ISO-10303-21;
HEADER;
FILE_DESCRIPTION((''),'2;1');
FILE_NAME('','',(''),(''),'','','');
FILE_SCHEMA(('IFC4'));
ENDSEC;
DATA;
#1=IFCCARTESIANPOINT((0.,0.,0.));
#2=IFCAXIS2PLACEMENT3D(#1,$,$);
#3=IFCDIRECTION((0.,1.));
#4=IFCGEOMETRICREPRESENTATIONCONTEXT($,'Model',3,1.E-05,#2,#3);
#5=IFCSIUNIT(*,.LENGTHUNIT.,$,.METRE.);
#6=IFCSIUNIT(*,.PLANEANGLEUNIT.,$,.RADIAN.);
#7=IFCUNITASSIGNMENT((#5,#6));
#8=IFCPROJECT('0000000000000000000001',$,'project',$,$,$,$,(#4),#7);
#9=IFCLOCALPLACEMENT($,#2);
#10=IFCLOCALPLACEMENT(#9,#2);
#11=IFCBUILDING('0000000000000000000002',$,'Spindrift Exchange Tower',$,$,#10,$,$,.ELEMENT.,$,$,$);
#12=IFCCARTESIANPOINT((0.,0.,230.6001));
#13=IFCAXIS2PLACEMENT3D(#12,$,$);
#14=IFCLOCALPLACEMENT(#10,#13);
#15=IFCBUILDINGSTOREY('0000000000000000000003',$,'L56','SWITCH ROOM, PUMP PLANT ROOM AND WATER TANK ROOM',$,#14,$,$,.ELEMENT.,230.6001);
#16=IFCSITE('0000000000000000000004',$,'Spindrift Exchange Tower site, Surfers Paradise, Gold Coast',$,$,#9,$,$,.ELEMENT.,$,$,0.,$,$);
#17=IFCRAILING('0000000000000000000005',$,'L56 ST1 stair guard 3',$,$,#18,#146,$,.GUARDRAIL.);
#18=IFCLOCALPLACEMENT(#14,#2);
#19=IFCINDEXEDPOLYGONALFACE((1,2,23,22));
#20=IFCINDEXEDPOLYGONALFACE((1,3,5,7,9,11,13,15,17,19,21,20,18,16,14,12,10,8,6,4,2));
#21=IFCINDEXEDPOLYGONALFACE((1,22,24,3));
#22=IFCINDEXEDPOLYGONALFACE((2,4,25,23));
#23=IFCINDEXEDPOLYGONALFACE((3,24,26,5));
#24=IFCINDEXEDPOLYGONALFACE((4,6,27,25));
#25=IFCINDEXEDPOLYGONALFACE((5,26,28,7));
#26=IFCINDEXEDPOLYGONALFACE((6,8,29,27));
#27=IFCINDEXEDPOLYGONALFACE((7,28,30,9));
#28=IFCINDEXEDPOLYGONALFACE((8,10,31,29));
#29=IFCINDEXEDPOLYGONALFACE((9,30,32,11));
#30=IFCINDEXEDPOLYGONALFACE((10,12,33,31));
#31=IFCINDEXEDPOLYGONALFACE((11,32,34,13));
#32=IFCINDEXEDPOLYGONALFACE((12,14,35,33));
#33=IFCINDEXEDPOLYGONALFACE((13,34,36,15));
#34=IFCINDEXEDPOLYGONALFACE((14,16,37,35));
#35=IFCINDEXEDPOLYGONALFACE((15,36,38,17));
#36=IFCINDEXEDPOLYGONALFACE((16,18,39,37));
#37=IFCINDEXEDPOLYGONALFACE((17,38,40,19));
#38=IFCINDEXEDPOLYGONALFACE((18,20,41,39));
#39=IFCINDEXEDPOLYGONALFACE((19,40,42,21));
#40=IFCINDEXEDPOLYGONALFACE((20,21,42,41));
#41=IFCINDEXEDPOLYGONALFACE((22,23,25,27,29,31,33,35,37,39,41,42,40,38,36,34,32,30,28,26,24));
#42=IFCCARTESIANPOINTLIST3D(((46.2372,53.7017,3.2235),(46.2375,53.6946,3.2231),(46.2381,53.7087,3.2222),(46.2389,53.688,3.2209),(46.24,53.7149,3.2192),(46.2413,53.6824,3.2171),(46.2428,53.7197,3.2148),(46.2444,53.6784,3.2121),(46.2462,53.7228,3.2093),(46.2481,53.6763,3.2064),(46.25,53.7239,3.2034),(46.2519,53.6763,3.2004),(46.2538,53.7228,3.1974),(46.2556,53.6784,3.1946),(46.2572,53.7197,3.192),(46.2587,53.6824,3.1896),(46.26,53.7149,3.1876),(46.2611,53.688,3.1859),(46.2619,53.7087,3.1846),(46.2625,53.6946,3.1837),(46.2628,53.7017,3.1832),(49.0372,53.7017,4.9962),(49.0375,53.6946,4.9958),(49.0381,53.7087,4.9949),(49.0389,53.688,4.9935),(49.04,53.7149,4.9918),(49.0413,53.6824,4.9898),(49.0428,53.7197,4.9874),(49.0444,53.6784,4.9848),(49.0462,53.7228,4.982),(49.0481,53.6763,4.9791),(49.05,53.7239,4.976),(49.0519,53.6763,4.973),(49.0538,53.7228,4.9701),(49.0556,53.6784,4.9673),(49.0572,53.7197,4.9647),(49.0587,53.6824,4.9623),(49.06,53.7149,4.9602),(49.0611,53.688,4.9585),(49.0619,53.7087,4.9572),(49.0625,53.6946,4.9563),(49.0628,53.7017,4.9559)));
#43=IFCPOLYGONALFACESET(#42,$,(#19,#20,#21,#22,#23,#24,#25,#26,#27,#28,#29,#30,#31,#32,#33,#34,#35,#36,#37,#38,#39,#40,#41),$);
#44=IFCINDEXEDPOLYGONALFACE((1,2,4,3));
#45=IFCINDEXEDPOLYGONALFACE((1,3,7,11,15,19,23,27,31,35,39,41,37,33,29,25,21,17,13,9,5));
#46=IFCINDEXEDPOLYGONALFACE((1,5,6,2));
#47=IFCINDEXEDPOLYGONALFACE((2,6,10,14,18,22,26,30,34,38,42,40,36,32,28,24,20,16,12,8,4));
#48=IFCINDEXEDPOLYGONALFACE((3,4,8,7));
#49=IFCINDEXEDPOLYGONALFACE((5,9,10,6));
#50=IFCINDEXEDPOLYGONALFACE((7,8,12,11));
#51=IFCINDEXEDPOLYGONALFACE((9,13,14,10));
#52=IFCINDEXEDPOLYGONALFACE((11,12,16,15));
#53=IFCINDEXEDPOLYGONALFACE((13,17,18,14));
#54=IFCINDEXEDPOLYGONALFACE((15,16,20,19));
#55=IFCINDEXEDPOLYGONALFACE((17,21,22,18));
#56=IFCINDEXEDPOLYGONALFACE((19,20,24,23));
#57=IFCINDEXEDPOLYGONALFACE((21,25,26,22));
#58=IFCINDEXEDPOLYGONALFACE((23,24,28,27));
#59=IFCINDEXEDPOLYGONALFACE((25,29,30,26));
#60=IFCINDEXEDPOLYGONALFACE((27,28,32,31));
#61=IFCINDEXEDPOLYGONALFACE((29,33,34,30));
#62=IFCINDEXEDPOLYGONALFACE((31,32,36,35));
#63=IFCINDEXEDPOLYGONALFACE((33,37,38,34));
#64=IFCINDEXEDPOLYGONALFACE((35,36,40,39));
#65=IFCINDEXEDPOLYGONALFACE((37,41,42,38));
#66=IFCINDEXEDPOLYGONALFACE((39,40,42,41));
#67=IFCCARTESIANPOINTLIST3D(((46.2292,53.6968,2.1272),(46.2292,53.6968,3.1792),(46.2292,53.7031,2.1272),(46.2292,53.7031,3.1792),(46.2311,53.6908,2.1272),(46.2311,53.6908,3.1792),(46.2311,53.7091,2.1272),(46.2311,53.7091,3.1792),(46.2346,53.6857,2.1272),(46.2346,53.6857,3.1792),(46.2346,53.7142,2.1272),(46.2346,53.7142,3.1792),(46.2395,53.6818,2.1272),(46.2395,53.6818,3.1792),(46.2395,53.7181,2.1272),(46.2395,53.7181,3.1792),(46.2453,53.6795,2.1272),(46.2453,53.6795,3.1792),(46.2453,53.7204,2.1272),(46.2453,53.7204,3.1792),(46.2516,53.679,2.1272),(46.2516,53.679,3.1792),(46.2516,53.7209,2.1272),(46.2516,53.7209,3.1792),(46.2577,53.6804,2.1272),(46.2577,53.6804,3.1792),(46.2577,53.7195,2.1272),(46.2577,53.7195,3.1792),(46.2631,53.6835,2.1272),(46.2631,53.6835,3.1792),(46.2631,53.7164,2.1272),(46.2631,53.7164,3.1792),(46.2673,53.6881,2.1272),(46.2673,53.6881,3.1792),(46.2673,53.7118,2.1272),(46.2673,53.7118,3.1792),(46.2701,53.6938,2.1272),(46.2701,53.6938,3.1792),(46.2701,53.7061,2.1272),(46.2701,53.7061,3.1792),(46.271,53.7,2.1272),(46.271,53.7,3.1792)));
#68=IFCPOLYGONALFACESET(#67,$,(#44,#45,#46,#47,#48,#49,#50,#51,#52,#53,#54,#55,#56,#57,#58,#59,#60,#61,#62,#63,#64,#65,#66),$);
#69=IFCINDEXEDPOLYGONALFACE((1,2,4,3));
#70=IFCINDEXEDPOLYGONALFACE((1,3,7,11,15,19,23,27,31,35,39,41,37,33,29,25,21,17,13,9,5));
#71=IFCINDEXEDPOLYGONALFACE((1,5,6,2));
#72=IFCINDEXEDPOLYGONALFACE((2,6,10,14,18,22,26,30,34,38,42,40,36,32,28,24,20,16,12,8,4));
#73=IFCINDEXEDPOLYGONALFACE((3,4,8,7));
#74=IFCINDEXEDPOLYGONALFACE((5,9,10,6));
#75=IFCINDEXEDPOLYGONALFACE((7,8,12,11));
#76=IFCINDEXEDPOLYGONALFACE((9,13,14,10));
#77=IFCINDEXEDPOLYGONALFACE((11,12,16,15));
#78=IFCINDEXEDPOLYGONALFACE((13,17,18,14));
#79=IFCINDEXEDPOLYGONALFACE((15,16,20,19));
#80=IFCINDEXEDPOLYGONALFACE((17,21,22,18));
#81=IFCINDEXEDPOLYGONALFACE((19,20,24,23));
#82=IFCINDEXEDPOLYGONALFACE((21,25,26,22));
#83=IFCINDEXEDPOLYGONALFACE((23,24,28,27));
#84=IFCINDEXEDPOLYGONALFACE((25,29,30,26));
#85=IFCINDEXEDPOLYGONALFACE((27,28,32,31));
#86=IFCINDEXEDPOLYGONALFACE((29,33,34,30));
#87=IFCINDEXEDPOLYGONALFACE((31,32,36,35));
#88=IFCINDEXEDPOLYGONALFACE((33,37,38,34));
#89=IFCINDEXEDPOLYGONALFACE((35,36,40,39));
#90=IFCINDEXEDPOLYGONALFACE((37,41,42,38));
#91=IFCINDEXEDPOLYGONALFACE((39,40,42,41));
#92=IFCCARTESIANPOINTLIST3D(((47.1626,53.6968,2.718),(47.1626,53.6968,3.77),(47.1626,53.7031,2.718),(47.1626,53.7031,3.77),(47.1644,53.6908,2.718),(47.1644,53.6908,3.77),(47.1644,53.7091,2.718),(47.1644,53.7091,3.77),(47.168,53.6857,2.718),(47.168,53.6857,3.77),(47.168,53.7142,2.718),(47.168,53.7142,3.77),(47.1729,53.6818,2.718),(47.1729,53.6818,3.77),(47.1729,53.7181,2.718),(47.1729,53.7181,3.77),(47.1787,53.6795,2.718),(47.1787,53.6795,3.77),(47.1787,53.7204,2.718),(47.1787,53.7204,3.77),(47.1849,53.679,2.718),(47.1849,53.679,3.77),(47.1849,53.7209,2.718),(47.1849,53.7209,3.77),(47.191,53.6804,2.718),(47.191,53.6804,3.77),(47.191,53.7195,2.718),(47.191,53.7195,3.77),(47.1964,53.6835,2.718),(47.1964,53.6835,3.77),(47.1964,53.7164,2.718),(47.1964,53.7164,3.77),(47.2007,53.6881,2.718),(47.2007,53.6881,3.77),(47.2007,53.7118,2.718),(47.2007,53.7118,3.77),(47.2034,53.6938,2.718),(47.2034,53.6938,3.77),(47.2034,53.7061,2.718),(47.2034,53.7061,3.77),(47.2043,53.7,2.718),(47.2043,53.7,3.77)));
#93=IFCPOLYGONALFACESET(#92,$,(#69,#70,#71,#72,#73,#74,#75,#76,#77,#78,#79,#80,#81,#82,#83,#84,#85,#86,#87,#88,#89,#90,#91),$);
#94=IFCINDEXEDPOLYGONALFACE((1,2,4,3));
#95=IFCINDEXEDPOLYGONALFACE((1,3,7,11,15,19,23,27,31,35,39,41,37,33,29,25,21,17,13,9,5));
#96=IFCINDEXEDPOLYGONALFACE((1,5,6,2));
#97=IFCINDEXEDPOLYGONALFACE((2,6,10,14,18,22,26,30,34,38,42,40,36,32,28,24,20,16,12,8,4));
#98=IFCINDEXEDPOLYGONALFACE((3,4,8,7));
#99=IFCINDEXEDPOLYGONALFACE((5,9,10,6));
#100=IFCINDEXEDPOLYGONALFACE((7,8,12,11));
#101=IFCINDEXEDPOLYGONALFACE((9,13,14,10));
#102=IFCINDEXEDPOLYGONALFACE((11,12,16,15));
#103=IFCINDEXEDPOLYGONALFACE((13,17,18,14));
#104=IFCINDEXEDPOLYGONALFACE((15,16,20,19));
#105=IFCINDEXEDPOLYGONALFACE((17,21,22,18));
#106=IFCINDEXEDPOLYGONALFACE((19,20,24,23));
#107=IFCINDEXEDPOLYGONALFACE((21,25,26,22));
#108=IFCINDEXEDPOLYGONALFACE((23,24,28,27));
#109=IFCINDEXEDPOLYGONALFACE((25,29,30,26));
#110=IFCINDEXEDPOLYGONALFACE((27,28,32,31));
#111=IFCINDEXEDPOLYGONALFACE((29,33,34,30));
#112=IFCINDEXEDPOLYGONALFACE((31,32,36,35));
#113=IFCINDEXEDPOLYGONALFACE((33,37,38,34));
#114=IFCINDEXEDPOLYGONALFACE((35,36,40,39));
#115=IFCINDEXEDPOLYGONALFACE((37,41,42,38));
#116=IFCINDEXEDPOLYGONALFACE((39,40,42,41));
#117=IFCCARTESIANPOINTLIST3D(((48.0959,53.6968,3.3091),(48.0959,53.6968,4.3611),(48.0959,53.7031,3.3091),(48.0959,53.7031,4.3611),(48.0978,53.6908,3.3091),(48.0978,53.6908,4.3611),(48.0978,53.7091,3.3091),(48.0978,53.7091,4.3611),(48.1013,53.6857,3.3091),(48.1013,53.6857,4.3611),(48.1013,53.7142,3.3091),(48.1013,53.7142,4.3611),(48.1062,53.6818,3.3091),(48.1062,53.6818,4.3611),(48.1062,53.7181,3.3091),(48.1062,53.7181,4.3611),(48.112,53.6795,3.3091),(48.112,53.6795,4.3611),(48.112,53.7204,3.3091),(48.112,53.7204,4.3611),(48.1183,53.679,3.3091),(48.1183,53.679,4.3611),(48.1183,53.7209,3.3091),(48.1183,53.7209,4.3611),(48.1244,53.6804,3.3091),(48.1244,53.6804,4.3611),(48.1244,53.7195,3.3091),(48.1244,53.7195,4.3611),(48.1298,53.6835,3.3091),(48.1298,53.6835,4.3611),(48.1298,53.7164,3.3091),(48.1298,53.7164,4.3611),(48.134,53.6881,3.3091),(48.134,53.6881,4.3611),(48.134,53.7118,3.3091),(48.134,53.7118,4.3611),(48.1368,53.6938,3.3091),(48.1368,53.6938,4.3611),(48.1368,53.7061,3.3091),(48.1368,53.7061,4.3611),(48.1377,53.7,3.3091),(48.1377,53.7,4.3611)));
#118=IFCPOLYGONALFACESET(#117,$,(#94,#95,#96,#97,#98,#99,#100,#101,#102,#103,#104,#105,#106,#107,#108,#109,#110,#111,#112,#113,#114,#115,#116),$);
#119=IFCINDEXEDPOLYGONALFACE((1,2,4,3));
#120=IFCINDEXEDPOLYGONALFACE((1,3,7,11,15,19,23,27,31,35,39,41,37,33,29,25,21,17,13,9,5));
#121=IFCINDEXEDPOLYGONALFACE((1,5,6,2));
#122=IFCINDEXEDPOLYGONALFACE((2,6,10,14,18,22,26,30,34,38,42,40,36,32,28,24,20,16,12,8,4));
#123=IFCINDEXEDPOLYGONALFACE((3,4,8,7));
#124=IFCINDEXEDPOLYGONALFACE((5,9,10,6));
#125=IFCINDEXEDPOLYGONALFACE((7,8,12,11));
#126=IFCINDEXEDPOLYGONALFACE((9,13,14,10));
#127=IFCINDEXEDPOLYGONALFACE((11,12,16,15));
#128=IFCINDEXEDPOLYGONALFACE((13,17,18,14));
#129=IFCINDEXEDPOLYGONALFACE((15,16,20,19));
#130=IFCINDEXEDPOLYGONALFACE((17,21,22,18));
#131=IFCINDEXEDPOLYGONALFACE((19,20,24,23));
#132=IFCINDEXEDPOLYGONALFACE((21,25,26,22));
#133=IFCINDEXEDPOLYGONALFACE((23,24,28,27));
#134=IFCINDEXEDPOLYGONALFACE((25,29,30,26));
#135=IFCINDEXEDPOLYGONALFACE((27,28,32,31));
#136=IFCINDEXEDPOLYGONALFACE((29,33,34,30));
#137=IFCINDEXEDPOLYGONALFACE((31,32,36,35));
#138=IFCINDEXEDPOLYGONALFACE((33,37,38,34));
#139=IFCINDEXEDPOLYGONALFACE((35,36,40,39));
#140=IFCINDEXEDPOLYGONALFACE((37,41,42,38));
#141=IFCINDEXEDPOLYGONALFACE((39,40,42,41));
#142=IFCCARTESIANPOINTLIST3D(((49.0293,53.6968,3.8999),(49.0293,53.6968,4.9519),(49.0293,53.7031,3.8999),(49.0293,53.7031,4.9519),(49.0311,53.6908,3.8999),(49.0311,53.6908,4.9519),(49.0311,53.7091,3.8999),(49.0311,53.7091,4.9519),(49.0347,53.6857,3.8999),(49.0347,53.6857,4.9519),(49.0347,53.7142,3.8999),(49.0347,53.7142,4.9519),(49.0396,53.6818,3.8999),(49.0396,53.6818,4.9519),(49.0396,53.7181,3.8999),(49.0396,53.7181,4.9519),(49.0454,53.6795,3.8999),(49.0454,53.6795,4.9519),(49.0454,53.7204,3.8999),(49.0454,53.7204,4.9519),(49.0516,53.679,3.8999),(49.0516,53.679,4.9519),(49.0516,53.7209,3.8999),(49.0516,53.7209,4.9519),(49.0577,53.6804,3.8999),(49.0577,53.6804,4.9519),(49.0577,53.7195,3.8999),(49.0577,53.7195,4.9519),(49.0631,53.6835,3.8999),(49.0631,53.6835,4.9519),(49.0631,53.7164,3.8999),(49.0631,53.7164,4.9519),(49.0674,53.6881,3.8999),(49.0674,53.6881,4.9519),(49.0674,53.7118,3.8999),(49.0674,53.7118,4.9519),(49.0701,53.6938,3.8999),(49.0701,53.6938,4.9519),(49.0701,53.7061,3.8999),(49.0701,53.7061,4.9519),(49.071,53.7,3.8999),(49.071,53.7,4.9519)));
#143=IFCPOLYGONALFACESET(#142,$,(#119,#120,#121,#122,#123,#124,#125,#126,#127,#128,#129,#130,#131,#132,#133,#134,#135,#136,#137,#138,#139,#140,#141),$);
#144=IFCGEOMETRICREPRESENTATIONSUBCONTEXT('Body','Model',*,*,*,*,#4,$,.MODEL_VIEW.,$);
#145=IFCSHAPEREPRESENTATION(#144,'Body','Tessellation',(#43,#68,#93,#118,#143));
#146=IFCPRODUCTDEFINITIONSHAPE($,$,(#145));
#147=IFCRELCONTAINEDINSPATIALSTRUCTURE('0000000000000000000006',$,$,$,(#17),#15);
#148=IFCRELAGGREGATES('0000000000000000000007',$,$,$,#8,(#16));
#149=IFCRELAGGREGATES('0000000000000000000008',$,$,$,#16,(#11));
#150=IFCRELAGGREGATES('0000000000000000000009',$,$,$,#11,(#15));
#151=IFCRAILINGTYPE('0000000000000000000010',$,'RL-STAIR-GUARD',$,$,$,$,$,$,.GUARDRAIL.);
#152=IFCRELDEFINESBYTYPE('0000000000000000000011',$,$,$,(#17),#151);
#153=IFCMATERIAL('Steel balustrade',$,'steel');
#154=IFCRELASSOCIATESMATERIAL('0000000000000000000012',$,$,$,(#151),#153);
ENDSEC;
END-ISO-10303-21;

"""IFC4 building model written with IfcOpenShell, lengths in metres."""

from ifc_helpers import new_model, si_unit, direction, frame, origin, origin_2d, place, context, subcontext, project, spatial, circle, extrude, material, type_object, element, save


model = new_model("IFC4")

# Units and contexts
model_context = context("Model", 3, precision=1e-05, world=origin(), true_north=direction((0.0, 1.0)))
body_context = subcontext(model_context, "Body", "Model", "MODEL_VIEW")
ifc_project = project(units=[si_unit("LENGTHUNIT", "METRE"), si_unit("PLANEANGLEUNIT", "RADIAN")], contexts=[model_context])

# Site, building, storey
site_placement = place(None, origin())
site = spatial("IfcSite", under=ifc_project, at=site_placement, Name="Spindrift Exchange Tower site, Surfers Paradise, Gold Coast", CompositionType="ELEMENT", RefElevation=0.0)
building_placement = place(site_placement, origin())
building = spatial("IfcBuilding", under=site, at=building_placement, Name="Spindrift Exchange Tower", CompositionType="ELEMENT")
storey_placement = place(building_placement, frame((0.0, 0.0, 230.6001)))
storey = spatial("IfcBuildingStorey", under=building, at=storey_placement, Name="L56", Description="SWITCH ROOM, PUMP PLANT ROOM AND WATER TANK ROOM", CompositionType="ELEMENT", Elevation=230.6001)

# Railing
ifc_material_1 = material(Name="Steel balustrade", Category="steel")
railing_type_1 = type_object("IfcRailingType", Name="RL-STAIR-GUARD", PredefinedType="GUARDRAIL", material=ifc_material_1)
railing_1_placement = place(storey_placement, frame((46.25, 53.7, 2.1272)))
element("IfcRailing", 1, at=railing_1_placement, inside=storey, type_object=railing_type_1, Name="L56 ST1 stair guard 3", PredefinedType="GUARDRAIL", context=body_context, shape_type="SweptSolid", body=[
    extrude(circle(Radius=0.0239, at=origin_2d()), frame((0.0, 0.0, 1.0762), z_axis=(0.844909, 0.0, 0.53491), x_axis=(0.0, 1.0, 0.0)), (0.0, 0.0, 1.0), 3.314),
    extrude(circle(Radius=0.021, at=origin_2d()), origin(), (0.0, 0.0, 1.0), 1.052),
    extrude(circle(Radius=0.021, at=origin_2d()), frame((0.9333, 0.0, 0.5908)), (0.0, 0.0, 1.0), 1.052),
    extrude(circle(Radius=0.021, at=origin_2d()), frame((1.8667, 0.0, 1.1819)), (0.0, 0.0, 1.0), 1.052),
    extrude(circle(Radius=0.021, at=origin_2d()), frame((2.8, 0.0, 1.7727)), (0.0, 0.0, 1.0), 1.052),
])

save(model, "model.ifc")
